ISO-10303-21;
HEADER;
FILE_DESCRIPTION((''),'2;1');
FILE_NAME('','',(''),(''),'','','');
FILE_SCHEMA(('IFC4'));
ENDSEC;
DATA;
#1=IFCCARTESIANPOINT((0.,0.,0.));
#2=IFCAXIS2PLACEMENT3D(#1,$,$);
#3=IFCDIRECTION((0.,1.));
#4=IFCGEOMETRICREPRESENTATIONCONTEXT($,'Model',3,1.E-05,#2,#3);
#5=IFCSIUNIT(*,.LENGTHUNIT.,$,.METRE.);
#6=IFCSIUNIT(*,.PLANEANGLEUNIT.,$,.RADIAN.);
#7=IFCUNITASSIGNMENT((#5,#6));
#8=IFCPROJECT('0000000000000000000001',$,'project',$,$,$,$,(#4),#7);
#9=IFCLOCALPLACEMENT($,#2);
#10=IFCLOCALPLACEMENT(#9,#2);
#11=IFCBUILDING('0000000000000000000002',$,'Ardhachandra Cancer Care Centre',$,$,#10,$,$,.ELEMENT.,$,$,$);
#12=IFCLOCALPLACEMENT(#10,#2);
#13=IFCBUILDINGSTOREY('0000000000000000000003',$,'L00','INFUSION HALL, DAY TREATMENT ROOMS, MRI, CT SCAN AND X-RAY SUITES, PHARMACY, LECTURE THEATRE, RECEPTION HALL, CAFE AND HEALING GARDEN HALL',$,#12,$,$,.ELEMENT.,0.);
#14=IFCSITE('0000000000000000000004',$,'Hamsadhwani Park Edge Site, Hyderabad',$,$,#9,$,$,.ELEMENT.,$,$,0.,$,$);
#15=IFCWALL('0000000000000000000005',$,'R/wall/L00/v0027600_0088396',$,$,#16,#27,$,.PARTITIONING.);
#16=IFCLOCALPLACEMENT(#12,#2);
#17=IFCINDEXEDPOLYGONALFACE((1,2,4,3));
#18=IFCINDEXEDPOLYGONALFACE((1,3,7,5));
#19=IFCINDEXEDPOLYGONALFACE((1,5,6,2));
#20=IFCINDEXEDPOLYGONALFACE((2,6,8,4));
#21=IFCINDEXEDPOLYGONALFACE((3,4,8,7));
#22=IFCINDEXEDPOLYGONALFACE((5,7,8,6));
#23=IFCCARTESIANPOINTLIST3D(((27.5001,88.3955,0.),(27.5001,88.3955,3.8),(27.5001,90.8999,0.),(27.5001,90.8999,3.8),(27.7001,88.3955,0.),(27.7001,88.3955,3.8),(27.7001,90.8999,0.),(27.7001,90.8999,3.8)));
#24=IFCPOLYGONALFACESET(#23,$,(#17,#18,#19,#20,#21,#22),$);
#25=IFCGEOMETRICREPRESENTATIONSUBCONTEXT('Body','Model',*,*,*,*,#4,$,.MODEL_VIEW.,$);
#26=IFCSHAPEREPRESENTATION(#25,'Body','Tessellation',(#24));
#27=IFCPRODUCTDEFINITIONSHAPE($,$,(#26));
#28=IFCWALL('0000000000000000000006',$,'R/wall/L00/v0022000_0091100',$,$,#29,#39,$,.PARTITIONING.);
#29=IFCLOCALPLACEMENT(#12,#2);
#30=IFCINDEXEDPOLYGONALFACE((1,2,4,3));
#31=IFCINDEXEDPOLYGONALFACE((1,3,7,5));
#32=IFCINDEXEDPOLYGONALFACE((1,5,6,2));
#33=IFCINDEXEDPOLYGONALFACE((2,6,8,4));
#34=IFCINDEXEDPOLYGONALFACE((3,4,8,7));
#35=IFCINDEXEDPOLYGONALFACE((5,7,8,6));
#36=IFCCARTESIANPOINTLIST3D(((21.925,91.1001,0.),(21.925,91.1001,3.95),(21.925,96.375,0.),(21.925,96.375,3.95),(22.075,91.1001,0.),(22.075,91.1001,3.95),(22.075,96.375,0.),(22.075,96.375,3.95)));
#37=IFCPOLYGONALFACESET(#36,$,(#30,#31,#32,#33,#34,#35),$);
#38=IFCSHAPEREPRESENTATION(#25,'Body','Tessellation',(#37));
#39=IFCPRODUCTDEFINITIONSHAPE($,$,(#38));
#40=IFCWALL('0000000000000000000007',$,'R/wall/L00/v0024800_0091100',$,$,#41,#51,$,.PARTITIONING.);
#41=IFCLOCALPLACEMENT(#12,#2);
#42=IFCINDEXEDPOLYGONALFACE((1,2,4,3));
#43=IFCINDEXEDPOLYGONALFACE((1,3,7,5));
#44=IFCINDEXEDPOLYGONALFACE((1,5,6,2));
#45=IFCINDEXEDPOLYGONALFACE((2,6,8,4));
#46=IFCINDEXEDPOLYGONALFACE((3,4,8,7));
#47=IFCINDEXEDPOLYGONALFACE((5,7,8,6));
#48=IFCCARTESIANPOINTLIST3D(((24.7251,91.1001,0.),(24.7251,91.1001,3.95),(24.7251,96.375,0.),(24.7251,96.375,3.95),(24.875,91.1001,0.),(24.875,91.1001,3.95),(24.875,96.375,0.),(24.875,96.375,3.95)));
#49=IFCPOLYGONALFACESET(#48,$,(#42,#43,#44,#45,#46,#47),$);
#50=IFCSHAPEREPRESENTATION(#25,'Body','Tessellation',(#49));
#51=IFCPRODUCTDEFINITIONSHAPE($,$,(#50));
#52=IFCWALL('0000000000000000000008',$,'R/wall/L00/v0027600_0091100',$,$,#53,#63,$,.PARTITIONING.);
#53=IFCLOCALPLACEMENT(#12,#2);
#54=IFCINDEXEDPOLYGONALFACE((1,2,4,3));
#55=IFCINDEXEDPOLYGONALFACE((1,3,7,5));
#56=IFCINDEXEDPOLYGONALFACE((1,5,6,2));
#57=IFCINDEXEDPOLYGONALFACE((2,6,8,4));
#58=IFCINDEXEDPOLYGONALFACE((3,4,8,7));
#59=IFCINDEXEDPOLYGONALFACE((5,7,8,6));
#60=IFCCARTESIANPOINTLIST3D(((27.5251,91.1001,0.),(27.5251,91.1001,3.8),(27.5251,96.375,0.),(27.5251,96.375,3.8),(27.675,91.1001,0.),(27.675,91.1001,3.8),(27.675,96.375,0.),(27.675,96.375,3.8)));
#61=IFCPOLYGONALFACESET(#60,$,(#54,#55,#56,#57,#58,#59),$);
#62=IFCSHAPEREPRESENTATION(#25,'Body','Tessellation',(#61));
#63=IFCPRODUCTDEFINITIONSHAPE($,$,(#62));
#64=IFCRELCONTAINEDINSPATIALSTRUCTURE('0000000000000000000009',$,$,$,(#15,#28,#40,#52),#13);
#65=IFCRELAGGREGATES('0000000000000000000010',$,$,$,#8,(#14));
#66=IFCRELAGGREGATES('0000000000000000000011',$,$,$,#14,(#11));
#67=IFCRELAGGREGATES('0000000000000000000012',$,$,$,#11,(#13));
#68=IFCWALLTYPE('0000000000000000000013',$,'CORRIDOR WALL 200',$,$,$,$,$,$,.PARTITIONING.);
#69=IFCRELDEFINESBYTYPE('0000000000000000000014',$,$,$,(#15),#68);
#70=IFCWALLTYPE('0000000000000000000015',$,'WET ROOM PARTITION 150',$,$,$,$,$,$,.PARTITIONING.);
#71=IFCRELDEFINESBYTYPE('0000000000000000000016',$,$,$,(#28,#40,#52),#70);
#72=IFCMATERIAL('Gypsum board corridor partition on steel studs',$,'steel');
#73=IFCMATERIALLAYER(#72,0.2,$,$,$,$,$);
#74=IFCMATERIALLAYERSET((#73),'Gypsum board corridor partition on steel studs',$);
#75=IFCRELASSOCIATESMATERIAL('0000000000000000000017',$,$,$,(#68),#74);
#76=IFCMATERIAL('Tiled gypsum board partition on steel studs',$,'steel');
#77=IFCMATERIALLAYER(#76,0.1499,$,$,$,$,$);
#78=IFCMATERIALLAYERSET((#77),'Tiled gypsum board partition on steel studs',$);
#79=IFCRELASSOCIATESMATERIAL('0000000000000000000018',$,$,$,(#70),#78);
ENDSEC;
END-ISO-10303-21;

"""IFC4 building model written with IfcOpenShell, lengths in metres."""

from ifc_helpers import new_model, si_unit, direction, frame, frame_2d, origin, place, context, subcontext, project, spatial, rectangle, extrude, material, layer, layer_set, type_object, element, save


model = new_model("IFC4")

# Units and contexts
model_context = context("Model", 3, precision=1e-05, world=origin(), true_north=direction((0.0, 1.0)))
body_context = subcontext(model_context, "Body", "Model", "MODEL_VIEW")
ifc_project = project(units=[si_unit("LENGTHUNIT", "METRE"), si_unit("PLANEANGLEUNIT", "RADIAN")], contexts=[model_context])

# Site, building, storey
site_placement = place(None, origin())
site = spatial("IfcSite", under=ifc_project, at=site_placement, Name="Hamsadhwani Park Edge Site, Hyderabad", CompositionType="ELEMENT", RefElevation=0.0)
building_placement = place(site_placement, origin())
building = spatial("IfcBuilding", under=site, at=building_placement, Name="Ardhachandra Cancer Care Centre", CompositionType="ELEMENT")
storey_placement = place(building_placement, origin())
storey = spatial("IfcBuildingStorey", under=building, at=storey_placement, Name="L00", Description="INFUSION HALL, DAY TREATMENT ROOMS, MRI, CT SCAN AND X-RAY SUITES, PHARMACY, LECTURE THEATRE, RECEPTION HALL, CAFE AND HEALING GARDEN HALL", CompositionType="ELEMENT", Elevation=0.0)

# Shared definitions
ifc_material_1 = material(Name="Gypsum board corridor partition on steel studs", Category="steel")
ifc_layer_1 = layer(ifc_material_1, 0.2)
ifc_layer_set_1 = layer_set([ifc_layer_1], Name="Gypsum board corridor partition on steel studs")
wall_type_1 = type_object("IfcWallType", Name="CORRIDOR WALL 200", PredefinedType="PARTITIONING", material=ifc_layer_set_1)

# Walls
wall_1_placement = place(storey_placement, frame((27.6001, 88.3955, 0.0), z_axis=(0.0, 0.0, 1.0), x_axis=(0.0, 1.0, 0.0)))
element("IfcWall", 1, at=wall_1_placement, inside=storey, type_object=wall_type_1, Name="R/wall/L00/v0027600_0088396", PredefinedType="PARTITIONING", context=body_context, shape_type="SweptSolid", body=[
    extrude(rectangle(XDim=2.5044, YDim=0.2, at=frame_2d((1.2522, 0.0))), origin(), (0.0, 0.0, 1.0), 3.8),
])
ifc_material_2 = material(Name="Tiled gypsum board partition on steel studs", Category="steel")
ifc_layer_2 = layer(ifc_material_2, 0.1499)
ifc_layer_set_2 = layer_set([ifc_layer_2], Name="Tiled gypsum board partition on steel studs")
wall_type_2 = type_object("IfcWallType", Name="WET ROOM PARTITION 150", PredefinedType="PARTITIONING", material=ifc_layer_set_2)
for number, where, z_axis, x_axis, name in (
    (2, (22.0, 91.1001, 0.0), (0.0, 0.0, 1.0), (0.0, 1.0, 0.0), "R/wall/L00/v0022000_0091100"),
    (3, (24.8, 91.1001, 0.0), (0.0, 0.0, 1.0), (0.0, 1.0, 0.0), "R/wall/L00/v0024800_0091100"),
):
    element("IfcWall", number, at=place(storey_placement, frame(where, z_axis=z_axis, x_axis=x_axis)), inside=storey, type_object=wall_type_2, Name=name, PredefinedType="PARTITIONING", context=body_context, shape_type="SweptSolid", body=[
        extrude(rectangle(XDim=5.2749, YDim=0.1499, at=frame_2d((2.6375, 0.0))), origin(), (0.0, 0.0, 1.0), 3.95),
    ])
wall_2_placement = place(storey_placement, frame((27.6001, 91.1001, 0.0), z_axis=(0.0, 0.0, 1.0), x_axis=(0.0, 1.0, 0.0)))
element("IfcWall", 4, at=wall_2_placement, inside=storey, type_object=wall_type_2, Name="R/wall/L00/v0027600_0091100", PredefinedType="PARTITIONING", context=body_context, shape_type="SweptSolid", body=[
    extrude(rectangle(XDim=5.2749, YDim=0.1499, at=frame_2d((2.6375, 0.0))), origin(), (0.0, 0.0, 1.0), 3.8),
])

save(model, "model.ifc")
